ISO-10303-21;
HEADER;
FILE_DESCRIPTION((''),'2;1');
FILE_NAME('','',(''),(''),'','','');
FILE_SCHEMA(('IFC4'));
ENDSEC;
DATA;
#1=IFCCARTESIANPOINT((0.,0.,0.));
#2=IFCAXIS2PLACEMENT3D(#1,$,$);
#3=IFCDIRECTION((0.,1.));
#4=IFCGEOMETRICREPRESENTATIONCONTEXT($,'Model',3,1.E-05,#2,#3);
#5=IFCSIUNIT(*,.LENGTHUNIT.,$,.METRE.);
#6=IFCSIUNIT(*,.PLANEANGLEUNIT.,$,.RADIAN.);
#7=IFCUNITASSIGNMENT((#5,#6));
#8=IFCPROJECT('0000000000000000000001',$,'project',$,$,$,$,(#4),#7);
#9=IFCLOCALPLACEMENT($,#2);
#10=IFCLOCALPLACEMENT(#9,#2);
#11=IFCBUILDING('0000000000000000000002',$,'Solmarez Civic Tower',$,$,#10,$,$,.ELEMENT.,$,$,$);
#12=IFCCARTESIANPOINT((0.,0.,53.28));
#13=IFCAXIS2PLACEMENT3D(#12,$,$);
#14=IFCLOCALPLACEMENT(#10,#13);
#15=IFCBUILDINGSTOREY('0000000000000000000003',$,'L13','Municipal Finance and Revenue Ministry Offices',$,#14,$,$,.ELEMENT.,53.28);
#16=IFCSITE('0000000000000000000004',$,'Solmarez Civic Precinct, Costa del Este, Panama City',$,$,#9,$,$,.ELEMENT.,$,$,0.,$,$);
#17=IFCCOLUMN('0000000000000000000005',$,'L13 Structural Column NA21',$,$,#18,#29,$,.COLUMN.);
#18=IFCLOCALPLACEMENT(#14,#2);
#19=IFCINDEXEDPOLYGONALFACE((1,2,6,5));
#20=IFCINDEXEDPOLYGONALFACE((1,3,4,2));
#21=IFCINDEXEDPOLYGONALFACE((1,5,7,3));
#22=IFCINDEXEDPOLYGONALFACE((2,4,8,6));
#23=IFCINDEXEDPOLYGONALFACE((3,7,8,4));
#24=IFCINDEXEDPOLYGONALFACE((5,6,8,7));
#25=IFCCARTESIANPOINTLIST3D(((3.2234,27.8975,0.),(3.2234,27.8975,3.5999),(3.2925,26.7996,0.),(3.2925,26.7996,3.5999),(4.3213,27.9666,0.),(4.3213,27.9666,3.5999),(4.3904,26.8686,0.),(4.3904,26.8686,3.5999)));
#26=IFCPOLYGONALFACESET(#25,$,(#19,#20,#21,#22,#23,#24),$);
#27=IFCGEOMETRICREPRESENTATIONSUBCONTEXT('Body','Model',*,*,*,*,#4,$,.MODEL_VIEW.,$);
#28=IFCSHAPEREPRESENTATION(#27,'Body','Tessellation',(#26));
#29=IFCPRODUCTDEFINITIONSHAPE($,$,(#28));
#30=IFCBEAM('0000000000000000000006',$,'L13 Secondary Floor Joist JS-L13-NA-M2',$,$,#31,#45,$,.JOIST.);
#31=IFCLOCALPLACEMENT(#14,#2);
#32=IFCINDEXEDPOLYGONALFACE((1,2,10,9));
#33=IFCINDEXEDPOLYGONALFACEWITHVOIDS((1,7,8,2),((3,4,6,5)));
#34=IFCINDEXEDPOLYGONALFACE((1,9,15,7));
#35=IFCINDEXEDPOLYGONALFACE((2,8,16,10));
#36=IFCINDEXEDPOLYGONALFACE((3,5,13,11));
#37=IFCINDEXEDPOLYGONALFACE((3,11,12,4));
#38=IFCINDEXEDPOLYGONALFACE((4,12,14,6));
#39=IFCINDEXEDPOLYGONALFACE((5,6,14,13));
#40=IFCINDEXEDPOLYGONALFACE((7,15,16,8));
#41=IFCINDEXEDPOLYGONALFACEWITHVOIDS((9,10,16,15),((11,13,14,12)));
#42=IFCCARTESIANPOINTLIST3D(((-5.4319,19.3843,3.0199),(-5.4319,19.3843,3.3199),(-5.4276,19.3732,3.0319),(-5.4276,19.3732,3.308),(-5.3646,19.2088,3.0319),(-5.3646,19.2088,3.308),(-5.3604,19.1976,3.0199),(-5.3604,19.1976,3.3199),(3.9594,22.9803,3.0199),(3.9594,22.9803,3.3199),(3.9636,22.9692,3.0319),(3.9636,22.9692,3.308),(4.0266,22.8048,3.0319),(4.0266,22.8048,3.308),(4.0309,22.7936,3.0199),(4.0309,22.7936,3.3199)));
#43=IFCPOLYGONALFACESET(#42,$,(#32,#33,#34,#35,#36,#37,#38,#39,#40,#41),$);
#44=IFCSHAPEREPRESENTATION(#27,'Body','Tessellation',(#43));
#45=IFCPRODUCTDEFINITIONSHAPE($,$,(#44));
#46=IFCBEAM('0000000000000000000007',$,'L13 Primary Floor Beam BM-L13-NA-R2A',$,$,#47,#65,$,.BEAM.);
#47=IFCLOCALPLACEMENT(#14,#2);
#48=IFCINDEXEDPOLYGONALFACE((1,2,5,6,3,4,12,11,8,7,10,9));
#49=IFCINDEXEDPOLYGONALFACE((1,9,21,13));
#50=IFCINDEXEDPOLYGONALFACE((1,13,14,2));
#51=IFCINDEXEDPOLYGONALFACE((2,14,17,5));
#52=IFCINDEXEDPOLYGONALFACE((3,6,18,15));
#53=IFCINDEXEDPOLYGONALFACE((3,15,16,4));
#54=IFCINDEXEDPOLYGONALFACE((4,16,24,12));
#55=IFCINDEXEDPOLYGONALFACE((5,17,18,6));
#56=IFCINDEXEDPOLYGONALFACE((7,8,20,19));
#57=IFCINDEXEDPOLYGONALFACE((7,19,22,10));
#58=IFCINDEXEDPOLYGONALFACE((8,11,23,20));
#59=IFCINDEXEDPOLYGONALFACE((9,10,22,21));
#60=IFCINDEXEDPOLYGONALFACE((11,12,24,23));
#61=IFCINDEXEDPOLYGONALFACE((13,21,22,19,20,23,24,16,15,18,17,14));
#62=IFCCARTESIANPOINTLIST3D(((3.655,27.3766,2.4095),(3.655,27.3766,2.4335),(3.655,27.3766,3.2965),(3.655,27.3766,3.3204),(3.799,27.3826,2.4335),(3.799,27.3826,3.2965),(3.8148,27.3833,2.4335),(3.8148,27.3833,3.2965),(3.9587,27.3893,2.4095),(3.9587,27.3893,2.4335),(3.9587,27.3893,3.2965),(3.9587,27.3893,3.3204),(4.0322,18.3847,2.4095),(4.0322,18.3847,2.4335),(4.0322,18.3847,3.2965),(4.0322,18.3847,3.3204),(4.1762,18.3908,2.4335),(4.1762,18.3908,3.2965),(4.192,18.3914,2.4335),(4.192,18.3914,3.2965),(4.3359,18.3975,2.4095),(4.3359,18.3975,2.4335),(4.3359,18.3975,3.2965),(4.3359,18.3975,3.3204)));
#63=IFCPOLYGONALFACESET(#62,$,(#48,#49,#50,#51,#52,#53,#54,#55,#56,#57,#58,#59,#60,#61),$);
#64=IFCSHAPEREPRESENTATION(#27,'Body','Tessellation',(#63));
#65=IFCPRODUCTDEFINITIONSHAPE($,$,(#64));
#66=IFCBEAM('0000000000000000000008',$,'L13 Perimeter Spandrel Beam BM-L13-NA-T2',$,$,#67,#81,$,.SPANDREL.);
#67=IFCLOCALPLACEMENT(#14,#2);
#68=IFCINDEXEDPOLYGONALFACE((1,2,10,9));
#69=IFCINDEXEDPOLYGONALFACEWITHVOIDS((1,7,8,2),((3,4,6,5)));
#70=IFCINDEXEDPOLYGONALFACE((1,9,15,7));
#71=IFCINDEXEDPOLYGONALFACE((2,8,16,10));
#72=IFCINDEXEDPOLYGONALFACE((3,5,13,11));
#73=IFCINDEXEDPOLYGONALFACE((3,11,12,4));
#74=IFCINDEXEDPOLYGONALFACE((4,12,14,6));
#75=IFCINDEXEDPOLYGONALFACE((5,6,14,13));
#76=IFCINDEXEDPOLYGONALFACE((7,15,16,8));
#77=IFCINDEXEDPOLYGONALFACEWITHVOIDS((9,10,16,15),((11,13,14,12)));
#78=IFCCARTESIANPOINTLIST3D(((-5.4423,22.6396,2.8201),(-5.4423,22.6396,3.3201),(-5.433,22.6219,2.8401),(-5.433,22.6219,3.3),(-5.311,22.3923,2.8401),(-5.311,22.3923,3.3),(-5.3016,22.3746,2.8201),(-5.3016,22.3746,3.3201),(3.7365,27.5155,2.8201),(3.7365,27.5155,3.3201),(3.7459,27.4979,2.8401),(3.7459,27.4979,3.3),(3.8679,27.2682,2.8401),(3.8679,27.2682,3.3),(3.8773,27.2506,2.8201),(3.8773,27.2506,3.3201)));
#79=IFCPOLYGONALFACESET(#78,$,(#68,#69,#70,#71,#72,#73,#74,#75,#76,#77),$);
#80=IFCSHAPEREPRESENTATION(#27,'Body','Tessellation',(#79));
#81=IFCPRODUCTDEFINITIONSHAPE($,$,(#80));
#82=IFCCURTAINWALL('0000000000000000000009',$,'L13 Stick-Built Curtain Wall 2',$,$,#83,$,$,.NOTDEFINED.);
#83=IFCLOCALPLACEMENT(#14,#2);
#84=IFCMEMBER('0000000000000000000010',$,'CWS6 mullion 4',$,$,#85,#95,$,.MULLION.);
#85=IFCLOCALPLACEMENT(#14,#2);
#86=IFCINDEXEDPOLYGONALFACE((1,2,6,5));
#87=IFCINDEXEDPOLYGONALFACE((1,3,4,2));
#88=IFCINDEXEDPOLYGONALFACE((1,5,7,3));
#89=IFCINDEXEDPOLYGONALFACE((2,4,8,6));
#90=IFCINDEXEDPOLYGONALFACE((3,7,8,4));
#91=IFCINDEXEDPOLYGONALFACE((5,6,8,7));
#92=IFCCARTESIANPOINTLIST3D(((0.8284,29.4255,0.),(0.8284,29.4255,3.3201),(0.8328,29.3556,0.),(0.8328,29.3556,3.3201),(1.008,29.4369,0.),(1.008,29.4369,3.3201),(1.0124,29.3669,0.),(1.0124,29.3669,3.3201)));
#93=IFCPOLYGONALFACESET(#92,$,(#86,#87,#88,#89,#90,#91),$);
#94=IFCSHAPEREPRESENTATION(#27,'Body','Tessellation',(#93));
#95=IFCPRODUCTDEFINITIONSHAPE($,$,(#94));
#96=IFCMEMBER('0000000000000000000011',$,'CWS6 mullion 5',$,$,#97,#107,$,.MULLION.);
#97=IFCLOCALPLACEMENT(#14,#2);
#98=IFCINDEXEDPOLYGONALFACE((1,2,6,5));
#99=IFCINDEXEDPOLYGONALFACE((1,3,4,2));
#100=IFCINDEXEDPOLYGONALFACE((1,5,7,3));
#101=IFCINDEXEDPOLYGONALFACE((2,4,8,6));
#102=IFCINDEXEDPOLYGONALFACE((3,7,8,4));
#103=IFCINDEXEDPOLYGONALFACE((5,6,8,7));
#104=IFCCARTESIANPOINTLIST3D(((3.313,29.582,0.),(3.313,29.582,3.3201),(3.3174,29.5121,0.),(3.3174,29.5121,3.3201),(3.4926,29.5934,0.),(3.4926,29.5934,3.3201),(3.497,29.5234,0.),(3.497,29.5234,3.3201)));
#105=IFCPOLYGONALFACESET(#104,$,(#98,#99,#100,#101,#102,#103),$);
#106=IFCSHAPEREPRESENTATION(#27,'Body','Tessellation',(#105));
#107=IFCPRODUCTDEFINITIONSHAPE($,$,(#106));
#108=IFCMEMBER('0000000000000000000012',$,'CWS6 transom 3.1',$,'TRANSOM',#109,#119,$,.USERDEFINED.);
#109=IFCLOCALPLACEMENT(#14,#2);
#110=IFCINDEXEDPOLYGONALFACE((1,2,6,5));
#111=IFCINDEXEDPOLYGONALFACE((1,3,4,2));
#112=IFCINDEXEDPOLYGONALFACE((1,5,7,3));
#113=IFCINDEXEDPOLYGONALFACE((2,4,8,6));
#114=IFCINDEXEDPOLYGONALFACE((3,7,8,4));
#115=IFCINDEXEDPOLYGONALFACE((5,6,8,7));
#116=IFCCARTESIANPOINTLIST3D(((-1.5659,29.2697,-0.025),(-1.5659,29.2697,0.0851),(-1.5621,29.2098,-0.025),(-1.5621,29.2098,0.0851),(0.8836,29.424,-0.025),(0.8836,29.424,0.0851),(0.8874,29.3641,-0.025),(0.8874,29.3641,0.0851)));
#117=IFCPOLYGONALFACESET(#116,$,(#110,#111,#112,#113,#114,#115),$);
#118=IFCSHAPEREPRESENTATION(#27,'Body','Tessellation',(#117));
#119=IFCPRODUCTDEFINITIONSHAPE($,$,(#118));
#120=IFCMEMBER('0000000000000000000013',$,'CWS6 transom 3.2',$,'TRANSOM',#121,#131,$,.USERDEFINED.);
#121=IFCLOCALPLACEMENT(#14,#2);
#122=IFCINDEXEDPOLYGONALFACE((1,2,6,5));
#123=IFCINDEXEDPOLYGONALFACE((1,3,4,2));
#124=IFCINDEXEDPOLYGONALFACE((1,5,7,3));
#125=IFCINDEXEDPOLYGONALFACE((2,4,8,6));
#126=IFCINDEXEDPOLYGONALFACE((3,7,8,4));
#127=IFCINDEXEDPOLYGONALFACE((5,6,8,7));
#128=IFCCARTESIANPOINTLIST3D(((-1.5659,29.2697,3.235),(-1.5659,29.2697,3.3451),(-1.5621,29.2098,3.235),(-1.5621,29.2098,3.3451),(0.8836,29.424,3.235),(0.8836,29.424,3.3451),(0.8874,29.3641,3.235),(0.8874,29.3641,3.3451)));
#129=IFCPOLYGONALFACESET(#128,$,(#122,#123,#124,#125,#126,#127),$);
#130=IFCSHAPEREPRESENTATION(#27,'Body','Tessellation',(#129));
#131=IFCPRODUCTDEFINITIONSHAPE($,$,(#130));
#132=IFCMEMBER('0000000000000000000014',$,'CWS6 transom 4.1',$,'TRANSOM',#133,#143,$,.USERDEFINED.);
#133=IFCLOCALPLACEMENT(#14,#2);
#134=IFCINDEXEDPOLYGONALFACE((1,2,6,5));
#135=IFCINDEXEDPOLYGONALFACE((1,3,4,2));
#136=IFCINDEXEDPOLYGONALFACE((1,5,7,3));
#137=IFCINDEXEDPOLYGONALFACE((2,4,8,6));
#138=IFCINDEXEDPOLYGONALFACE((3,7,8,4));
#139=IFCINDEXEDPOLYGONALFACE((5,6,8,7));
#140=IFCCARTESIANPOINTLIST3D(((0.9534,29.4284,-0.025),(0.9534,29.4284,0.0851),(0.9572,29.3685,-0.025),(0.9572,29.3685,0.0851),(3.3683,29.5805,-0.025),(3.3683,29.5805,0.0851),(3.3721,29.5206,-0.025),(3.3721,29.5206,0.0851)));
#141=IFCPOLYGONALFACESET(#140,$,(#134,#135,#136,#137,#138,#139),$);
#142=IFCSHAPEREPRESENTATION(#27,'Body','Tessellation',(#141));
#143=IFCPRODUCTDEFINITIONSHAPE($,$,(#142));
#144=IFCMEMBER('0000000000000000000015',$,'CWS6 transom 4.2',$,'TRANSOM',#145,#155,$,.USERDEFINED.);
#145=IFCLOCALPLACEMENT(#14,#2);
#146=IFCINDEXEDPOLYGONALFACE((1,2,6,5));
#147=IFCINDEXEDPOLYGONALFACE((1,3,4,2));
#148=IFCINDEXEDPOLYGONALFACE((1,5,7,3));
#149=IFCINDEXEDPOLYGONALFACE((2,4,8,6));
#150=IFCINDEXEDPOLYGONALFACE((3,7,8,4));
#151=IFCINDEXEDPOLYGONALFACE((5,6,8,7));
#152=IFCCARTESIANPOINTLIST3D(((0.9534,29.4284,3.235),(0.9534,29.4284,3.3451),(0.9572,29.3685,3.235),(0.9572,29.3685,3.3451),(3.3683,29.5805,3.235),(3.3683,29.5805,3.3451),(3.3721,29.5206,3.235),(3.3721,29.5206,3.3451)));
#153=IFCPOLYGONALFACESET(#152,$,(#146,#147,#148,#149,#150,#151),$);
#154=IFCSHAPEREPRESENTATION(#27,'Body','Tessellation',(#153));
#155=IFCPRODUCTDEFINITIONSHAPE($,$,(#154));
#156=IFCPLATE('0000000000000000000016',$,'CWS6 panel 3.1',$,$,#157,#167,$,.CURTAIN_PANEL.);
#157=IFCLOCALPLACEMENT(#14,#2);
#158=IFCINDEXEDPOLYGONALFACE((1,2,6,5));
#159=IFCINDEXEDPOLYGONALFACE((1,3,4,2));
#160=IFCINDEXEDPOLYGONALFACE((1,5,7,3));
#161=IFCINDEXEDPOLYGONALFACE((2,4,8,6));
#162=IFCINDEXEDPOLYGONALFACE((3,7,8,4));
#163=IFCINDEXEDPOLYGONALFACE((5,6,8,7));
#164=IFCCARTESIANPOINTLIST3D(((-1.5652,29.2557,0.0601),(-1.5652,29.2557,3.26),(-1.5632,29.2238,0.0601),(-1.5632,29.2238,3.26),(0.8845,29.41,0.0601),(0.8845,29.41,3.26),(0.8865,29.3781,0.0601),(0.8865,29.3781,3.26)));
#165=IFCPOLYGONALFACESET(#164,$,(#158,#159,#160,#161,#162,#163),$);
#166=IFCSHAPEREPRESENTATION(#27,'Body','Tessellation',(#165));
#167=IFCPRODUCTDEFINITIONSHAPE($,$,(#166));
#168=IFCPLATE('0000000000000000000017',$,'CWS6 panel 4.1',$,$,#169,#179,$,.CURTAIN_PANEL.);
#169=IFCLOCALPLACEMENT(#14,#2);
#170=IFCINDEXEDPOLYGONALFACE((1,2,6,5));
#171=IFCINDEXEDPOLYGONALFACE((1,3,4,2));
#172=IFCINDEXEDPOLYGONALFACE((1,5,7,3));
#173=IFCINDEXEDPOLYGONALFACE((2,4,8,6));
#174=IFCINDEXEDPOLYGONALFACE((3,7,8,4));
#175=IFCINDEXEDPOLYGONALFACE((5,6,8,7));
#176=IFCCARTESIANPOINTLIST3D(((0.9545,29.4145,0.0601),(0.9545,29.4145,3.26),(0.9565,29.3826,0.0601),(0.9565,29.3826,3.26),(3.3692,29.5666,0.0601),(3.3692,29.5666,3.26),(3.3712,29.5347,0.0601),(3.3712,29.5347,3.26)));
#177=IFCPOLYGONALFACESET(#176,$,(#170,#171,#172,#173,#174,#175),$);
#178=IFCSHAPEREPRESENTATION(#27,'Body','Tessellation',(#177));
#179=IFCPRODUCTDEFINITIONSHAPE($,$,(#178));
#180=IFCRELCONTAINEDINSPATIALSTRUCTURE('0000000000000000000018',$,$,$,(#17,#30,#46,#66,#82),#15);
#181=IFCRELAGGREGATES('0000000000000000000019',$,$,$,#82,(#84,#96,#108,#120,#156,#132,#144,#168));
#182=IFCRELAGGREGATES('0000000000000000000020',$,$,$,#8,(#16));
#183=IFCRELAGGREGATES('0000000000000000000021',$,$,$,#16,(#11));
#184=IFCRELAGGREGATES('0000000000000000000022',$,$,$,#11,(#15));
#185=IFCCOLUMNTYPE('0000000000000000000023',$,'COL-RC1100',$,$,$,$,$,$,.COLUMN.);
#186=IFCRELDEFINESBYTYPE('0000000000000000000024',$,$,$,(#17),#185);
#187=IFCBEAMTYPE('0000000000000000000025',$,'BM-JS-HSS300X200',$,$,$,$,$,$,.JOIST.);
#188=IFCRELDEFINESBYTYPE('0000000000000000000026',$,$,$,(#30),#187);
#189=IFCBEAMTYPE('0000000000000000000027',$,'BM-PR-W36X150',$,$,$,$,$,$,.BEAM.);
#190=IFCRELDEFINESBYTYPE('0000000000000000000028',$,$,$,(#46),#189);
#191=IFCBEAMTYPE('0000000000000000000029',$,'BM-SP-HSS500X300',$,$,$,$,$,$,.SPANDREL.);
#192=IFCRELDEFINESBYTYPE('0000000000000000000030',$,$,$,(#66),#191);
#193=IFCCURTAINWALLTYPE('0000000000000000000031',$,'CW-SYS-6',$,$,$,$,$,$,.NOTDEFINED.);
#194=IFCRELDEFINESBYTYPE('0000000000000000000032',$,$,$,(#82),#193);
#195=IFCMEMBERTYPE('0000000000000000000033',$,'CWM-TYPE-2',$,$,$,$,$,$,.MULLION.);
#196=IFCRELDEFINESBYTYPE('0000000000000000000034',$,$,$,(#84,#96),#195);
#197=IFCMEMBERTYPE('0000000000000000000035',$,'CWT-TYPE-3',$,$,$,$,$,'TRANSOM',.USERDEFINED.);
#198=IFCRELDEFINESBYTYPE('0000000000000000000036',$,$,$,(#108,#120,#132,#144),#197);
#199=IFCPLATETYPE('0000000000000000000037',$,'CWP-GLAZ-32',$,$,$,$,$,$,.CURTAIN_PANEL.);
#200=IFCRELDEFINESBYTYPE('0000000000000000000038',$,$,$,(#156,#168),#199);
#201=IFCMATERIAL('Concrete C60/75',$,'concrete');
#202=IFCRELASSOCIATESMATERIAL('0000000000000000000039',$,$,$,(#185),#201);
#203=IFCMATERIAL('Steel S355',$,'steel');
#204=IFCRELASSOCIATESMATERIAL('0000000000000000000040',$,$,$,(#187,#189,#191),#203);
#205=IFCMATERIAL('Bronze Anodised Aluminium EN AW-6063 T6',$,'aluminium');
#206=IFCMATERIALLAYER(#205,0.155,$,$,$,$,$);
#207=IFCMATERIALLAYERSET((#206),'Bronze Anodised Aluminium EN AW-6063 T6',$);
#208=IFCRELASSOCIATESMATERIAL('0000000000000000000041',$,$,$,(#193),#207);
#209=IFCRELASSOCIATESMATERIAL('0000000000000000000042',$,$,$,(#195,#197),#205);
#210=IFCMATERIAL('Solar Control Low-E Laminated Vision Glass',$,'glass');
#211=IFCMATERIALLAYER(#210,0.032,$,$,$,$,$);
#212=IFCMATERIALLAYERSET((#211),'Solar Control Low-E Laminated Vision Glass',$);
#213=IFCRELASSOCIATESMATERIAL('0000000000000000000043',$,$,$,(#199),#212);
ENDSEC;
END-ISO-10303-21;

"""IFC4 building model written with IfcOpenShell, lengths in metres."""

from ifc_helpers import new_model, si_unit, direction, frame, origin, origin_2d, place, context, subcontext, project, spatial, rectangle, hollow_rectangle, i_section, extrude, material, layer, layer_set, material_profile, profile_set, type_object, element, aggregate, save


model = new_model("IFC4")

# Units and contexts
model_context = context("Model", 3, precision=1e-05, world=origin(), true_north=direction((0.0, 1.0)))
body_context = subcontext(model_context, "Body", "Model", "MODEL_VIEW")
ifc_project = project(units=[si_unit("LENGTHUNIT", "METRE"), si_unit("PLANEANGLEUNIT", "RADIAN")], contexts=[model_context])

# Site, building, storey
site_placement = place(None, origin())
site = spatial("IfcSite", under=ifc_project, at=site_placement, Name="Solmarez Civic Precinct, Costa del Este, Panama City", CompositionType="ELEMENT", RefElevation=0.0)
building_placement = place(site_placement, origin())
building = spatial("IfcBuilding", under=site, at=building_placement, Name="Solmarez Civic Tower", CompositionType="ELEMENT")
storey_placement = place(building_placement, frame((0.0, 0.0, 53.28)))
storey = spatial("IfcBuildingStorey", under=building, at=storey_placement, Name="L13", Description="Municipal Finance and Revenue Ministry Offices", CompositionType="ELEMENT", Elevation=53.28)

# Column
ifc_material_1 = material(Name="Concrete C60/75", Category="concrete")
ifc_material_profile_1 = material_profile(ifc_material_1, rectangle(XDim=1.1001, YDim=1.1001, at=origin_2d()), Name="RC1100X1100")
ifc_profile_set_1 = profile_set([ifc_material_profile_1], Name="Concrete C60/75")
column_type = type_object("IfcColumnType", Name="COL-RC1100", PredefinedType="COLUMN", material=ifc_profile_set_1)
column_placement = place(storey_placement, frame((3.8069, 27.3831, 0.0), z_axis=(0.0, 0.0, 1.0), x_axis=(0.998027, 0.062791, 0.0)))
element("IfcColumn", 1, at=column_placement, inside=storey, type_object=column_type, Name="L13 Structural Column NA21", PredefinedType="COLUMN", context=body_context, shape_type="SweptSolid", body=[
    extrude(rectangle(XDim=1.1001, YDim=1.1001, at=origin_2d()), origin(), (0.0, 0.0, 1.0), 3.5999),
])

# Beams
ifc_material_2 = material(Name="Steel S355", Category="steel")
ifc_material_profile_2 = material_profile(ifc_material_2, hollow_rectangle(XDim=0.2, YDim=0.3, WallThickness=0.012, at=origin_2d()), Name="HSS300X200X12")
ifc_profile_set_2 = profile_set([ifc_material_profile_2], Name="Steel S355")
beam_type_1 = type_object("IfcBeamType", Name="BM-JS-HSS300X200", PredefinedType="JOIST", material=ifc_profile_set_2)
beam_1_placement = place(storey_placement, frame((3.9951, 22.887, 3.1699), z_axis=(-0.933878, -0.357591, 0.0), x_axis=(0.357591, -0.933878, 0.0)))
element("IfcBeam", 2, at=beam_1_placement, inside=storey, type_object=beam_type_1, Name="L13 Secondary Floor Joist JS-L13-NA-M2", PredefinedType="JOIST", context=body_context, shape_type="SweptSolid", body=[
    extrude(hollow_rectangle(XDim=0.2, YDim=0.3, WallThickness=0.012, at=origin_2d()), origin(), (0.0, 0.0, 1.0), 10.0562),
])
ifc_material_profile_3 = material_profile(ifc_material_2, i_section(OverallWidth=0.304, OverallDepth=0.9109, WebThickness=0.0159, FlangeThickness=0.0239, at=origin_2d()), Name="W36X150")
ifc_profile_set_3 = profile_set([ifc_material_profile_3], Name="Steel S355")
beam_type_2 = type_object("IfcBeamType", Name="BM-PR-W36X150", PredefinedType="BEAM", material=ifc_profile_set_3)
beam_2_placement = place(storey_placement, frame((4.1841, 18.3911, 2.865), z_axis=(-0.041911, 0.999121, 0.0), x_axis=(-0.999121, -0.041911, 0.0)))
element("IfcBeam", 3, at=beam_2_placement, inside=storey, type_object=beam_type_2, Name="L13 Primary Floor Beam BM-L13-NA-R2A", PredefinedType="BEAM", context=body_context, shape_type="SweptSolid", body=[
    extrude(i_section(OverallWidth=0.304, OverallDepth=0.9109, WebThickness=0.0159, FlangeThickness=0.0239, at=origin_2d()), origin(), (0.0, 0.0, 1.0), 8.9998),
])
ifc_material_profile_4 = material_profile(ifc_material_2, hollow_rectangle(XDim=0.3, YDim=0.5, WallThickness=0.02, at=origin_2d()), Name="HSS500X300X20")
ifc_profile_set_4 = profile_set([ifc_material_profile_4], Name="Steel S355")
beam_type_3 = type_object("IfcBeamType", Name="BM-SP-HSS500X300", PredefinedType="SPANDREL", material=ifc_profile_set_4)
beam_3_placement = place(storey_placement, frame((3.8069, 27.3831, 3.0701), z_axis=(-0.883129, -0.469129, 0.0), x_axis=(0.469129, -0.883129, 0.0)))
element("IfcBeam", 4, at=beam_3_placement, inside=storey, type_object=beam_type_3, Name="L13 Perimeter Spandrel Beam BM-L13-NA-T2", PredefinedType="SPANDREL", context=body_context, shape_type="SweptSolid", body=[
    extrude(hollow_rectangle(XDim=0.3, YDim=0.5, WallThickness=0.02, at=origin_2d()), origin(), (0.0, 0.0, 1.0), 10.3936),
])

# Curtain wall, members, plates
ifc_material_3 = material(Name="Bronze Anodised Aluminium EN AW-6063 T6", Category="aluminium")
ifc_layer_1 = layer(ifc_material_3, 0.155)
ifc_layer_set_1 = layer_set([ifc_layer_1], Name="Bronze Anodised Aluminium EN AW-6063 T6")
curtain_wall_type = type_object("IfcCurtainWallType", Name="CW-SYS-6", PredefinedType="NOTDEFINED", material=ifc_layer_set_1)
curtain_wall_placement = place(storey_placement, origin())
curtain_wall = element("IfcCurtainWall", 5, at=curtain_wall_placement, inside=storey, type_object=curtain_wall_type, Name="L13 Stick-Built Curtain Wall 2", PredefinedType="NOTDEFINED")
ifc_material_profile_5 = material_profile(ifc_material_3, rectangle(XDim=0.0701, YDim=0.1799, at=origin_2d()), Name="CWM-70X180")
ifc_profile_set_5 = profile_set([ifc_material_profile_5], Name="Bronze Anodised Aluminium EN AW-6063 T6")
member_type_1 = type_object("IfcMemberType", Name="CWM-TYPE-2", PredefinedType="MULLION", material=ifc_profile_set_5)
member_1_placement = place(storey_placement, frame((0.9204, 29.3962, 0.0), z_axis=(0.0, 0.0, 1.0), x_axis=(-0.062884, 0.998021, 0.0)))
member_1 = element("IfcMember", 6, at=member_1_placement, type_object=member_type_1, Name="CWS6 mullion 4", PredefinedType="MULLION", context=body_context, shape_type="SweptSolid", body=[
    extrude(rectangle(XDim=0.0701, YDim=0.1799, at=origin_2d()), origin(), (0.0, 0.0, 1.0), 3.3201),
])
member_2_placement = place(storey_placement, frame((3.405, 29.5527, 0.0), z_axis=(0.0, 0.0, 1.0), x_axis=(-0.062884, 0.998021, 0.0)))
member_2 = element("IfcMember", 7, at=member_2_placement, type_object=member_type_1, Name="CWS6 mullion 5", PredefinedType="MULLION", context=body_context, shape_type="SweptSolid", body=[
    extrude(rectangle(XDim=0.0701, YDim=0.1799, at=origin_2d()), origin(), (0.0, 0.0, 1.0), 3.3201),
])
ifc_material_profile_6 = material_profile(ifc_material_3, rectangle(XDim=0.0601, YDim=0.1101, at=origin_2d()), Name="CWT-60X110")
ifc_profile_set_6 = profile_set([ifc_material_profile_6], Name="Bronze Anodised Aluminium EN AW-6063 T6")
member_type_2 = type_object("IfcMemberType", Name="CWT-TYPE-3", ElementType="TRANSOM", PredefinedType="USERDEFINED", material=ifc_profile_set_6)
member_3_placement = place(storey_placement, frame((-1.564, 29.2397, 0.03), z_axis=(0.998022, 0.062868, 0.0), x_axis=(-0.062868, 0.998022, 0.0)))
member_3 = element("IfcMember", 8, at=member_3_placement, type_object=member_type_2, Name="CWS6 transom 3.1", ObjectType="TRANSOM", PredefinedType="USERDEFINED", context=body_context, shape_type="SweptSolid", body=[
    extrude(rectangle(XDim=0.0601, YDim=0.1101, at=origin_2d()), origin(), (0.0, 0.0, 1.0), 2.4543),
])
member_4_placement = place(storey_placement, frame((-1.564, 29.2397, 3.29), z_axis=(0.998022, 0.062868, 0.0), x_axis=(-0.062868, 0.998022, 0.0)))
member_4 = element("IfcMember", 9, at=member_4_placement, type_object=member_type_2, Name="CWS6 transom 3.2", ObjectType="TRANSOM", PredefinedType="USERDEFINED", context=body_context, shape_type="SweptSolid", body=[
    extrude(rectangle(XDim=0.0601, YDim=0.1101, at=origin_2d()), origin(), (0.0, 0.0, 1.0), 2.4543),
])
member_5_placement = place(storey_placement, frame((0.9553, 29.3984, 0.03), z_axis=(0.998022, 0.062862, 0.0), x_axis=(-0.062862, 0.998022, 0.0)))
member_5 = element("IfcMember", 10, at=member_5_placement, type_object=member_type_2, Name="CWS6 transom 4.1", ObjectType="TRANSOM", PredefinedType="USERDEFINED", context=body_context, shape_type="SweptSolid", body=[
    extrude(rectangle(XDim=0.0601, YDim=0.1101, at=origin_2d()), origin(), (0.0, 0.0, 1.0), 2.4197),
])
member_6_placement = place(storey_placement, frame((0.9553, 29.3984, 3.29), z_axis=(0.998022, 0.062862, 0.0), x_axis=(-0.062862, 0.998022, 0.0)))
member_6 = element("IfcMember", 11, at=member_6_placement, type_object=member_type_2, Name="CWS6 transom 4.2", ObjectType="TRANSOM", PredefinedType="USERDEFINED", context=body_context, shape_type="SweptSolid", body=[
    extrude(rectangle(XDim=0.0601, YDim=0.1101, at=origin_2d()), origin(), (0.0, 0.0, 1.0), 2.4197),
])
ifc_material_4 = material(Name="Solar Control Low-E Laminated Vision Glass", Category="glass")
ifc_layer_2 = layer(ifc_material_4, 0.032)
ifc_layer_set_2 = layer_set([ifc_layer_2], Name="Solar Control Low-E Laminated Vision Glass")
plate_type_1 = type_object("IfcPlateType", Name="CWP-GLAZ-32", PredefinedType="CURTAIN_PANEL", material=ifc_layer_set_2)
plate_1_placement = place(storey_placement, frame((-0.3394, 29.3169, 0.0601), z_axis=(0.0, 0.0, 1.0), x_axis=(0.998021, 0.062884, 0.0)))
plate_1 = element("IfcPlate", 12, at=plate_1_placement, type_object=plate_type_1, Name="CWS6 panel 3.1", PredefinedType="CURTAIN_PANEL", context=body_context, shape_type="SweptSolid", body=[
    extrude(rectangle(XDim=2.4546, YDim=0.032, at=origin_2d()), origin(), (0.0, 0.0, 1.0), 3.2),
])
plate_2_placement = place(storey_placement, frame((2.1628, 29.4746, 0.0601), z_axis=(0.0, 0.0, 1.0), x_axis=(0.998021, 0.062884, 0.0)))
plate_2 = element("IfcPlate", 13, at=plate_2_placement, type_object=plate_type_1, Name="CWS6 panel 4.1", PredefinedType="CURTAIN_PANEL", context=body_context, shape_type="SweptSolid", body=[
    extrude(rectangle(XDim=2.4194, YDim=0.032, at=origin_2d()), origin(), (0.0, 0.0, 1.0), 3.2),
])
aggregate(curtain_wall, [member_1, member_2, member_3, member_4, plate_1, member_5, member_6, plate_2])

save(model, "model.ifc")
